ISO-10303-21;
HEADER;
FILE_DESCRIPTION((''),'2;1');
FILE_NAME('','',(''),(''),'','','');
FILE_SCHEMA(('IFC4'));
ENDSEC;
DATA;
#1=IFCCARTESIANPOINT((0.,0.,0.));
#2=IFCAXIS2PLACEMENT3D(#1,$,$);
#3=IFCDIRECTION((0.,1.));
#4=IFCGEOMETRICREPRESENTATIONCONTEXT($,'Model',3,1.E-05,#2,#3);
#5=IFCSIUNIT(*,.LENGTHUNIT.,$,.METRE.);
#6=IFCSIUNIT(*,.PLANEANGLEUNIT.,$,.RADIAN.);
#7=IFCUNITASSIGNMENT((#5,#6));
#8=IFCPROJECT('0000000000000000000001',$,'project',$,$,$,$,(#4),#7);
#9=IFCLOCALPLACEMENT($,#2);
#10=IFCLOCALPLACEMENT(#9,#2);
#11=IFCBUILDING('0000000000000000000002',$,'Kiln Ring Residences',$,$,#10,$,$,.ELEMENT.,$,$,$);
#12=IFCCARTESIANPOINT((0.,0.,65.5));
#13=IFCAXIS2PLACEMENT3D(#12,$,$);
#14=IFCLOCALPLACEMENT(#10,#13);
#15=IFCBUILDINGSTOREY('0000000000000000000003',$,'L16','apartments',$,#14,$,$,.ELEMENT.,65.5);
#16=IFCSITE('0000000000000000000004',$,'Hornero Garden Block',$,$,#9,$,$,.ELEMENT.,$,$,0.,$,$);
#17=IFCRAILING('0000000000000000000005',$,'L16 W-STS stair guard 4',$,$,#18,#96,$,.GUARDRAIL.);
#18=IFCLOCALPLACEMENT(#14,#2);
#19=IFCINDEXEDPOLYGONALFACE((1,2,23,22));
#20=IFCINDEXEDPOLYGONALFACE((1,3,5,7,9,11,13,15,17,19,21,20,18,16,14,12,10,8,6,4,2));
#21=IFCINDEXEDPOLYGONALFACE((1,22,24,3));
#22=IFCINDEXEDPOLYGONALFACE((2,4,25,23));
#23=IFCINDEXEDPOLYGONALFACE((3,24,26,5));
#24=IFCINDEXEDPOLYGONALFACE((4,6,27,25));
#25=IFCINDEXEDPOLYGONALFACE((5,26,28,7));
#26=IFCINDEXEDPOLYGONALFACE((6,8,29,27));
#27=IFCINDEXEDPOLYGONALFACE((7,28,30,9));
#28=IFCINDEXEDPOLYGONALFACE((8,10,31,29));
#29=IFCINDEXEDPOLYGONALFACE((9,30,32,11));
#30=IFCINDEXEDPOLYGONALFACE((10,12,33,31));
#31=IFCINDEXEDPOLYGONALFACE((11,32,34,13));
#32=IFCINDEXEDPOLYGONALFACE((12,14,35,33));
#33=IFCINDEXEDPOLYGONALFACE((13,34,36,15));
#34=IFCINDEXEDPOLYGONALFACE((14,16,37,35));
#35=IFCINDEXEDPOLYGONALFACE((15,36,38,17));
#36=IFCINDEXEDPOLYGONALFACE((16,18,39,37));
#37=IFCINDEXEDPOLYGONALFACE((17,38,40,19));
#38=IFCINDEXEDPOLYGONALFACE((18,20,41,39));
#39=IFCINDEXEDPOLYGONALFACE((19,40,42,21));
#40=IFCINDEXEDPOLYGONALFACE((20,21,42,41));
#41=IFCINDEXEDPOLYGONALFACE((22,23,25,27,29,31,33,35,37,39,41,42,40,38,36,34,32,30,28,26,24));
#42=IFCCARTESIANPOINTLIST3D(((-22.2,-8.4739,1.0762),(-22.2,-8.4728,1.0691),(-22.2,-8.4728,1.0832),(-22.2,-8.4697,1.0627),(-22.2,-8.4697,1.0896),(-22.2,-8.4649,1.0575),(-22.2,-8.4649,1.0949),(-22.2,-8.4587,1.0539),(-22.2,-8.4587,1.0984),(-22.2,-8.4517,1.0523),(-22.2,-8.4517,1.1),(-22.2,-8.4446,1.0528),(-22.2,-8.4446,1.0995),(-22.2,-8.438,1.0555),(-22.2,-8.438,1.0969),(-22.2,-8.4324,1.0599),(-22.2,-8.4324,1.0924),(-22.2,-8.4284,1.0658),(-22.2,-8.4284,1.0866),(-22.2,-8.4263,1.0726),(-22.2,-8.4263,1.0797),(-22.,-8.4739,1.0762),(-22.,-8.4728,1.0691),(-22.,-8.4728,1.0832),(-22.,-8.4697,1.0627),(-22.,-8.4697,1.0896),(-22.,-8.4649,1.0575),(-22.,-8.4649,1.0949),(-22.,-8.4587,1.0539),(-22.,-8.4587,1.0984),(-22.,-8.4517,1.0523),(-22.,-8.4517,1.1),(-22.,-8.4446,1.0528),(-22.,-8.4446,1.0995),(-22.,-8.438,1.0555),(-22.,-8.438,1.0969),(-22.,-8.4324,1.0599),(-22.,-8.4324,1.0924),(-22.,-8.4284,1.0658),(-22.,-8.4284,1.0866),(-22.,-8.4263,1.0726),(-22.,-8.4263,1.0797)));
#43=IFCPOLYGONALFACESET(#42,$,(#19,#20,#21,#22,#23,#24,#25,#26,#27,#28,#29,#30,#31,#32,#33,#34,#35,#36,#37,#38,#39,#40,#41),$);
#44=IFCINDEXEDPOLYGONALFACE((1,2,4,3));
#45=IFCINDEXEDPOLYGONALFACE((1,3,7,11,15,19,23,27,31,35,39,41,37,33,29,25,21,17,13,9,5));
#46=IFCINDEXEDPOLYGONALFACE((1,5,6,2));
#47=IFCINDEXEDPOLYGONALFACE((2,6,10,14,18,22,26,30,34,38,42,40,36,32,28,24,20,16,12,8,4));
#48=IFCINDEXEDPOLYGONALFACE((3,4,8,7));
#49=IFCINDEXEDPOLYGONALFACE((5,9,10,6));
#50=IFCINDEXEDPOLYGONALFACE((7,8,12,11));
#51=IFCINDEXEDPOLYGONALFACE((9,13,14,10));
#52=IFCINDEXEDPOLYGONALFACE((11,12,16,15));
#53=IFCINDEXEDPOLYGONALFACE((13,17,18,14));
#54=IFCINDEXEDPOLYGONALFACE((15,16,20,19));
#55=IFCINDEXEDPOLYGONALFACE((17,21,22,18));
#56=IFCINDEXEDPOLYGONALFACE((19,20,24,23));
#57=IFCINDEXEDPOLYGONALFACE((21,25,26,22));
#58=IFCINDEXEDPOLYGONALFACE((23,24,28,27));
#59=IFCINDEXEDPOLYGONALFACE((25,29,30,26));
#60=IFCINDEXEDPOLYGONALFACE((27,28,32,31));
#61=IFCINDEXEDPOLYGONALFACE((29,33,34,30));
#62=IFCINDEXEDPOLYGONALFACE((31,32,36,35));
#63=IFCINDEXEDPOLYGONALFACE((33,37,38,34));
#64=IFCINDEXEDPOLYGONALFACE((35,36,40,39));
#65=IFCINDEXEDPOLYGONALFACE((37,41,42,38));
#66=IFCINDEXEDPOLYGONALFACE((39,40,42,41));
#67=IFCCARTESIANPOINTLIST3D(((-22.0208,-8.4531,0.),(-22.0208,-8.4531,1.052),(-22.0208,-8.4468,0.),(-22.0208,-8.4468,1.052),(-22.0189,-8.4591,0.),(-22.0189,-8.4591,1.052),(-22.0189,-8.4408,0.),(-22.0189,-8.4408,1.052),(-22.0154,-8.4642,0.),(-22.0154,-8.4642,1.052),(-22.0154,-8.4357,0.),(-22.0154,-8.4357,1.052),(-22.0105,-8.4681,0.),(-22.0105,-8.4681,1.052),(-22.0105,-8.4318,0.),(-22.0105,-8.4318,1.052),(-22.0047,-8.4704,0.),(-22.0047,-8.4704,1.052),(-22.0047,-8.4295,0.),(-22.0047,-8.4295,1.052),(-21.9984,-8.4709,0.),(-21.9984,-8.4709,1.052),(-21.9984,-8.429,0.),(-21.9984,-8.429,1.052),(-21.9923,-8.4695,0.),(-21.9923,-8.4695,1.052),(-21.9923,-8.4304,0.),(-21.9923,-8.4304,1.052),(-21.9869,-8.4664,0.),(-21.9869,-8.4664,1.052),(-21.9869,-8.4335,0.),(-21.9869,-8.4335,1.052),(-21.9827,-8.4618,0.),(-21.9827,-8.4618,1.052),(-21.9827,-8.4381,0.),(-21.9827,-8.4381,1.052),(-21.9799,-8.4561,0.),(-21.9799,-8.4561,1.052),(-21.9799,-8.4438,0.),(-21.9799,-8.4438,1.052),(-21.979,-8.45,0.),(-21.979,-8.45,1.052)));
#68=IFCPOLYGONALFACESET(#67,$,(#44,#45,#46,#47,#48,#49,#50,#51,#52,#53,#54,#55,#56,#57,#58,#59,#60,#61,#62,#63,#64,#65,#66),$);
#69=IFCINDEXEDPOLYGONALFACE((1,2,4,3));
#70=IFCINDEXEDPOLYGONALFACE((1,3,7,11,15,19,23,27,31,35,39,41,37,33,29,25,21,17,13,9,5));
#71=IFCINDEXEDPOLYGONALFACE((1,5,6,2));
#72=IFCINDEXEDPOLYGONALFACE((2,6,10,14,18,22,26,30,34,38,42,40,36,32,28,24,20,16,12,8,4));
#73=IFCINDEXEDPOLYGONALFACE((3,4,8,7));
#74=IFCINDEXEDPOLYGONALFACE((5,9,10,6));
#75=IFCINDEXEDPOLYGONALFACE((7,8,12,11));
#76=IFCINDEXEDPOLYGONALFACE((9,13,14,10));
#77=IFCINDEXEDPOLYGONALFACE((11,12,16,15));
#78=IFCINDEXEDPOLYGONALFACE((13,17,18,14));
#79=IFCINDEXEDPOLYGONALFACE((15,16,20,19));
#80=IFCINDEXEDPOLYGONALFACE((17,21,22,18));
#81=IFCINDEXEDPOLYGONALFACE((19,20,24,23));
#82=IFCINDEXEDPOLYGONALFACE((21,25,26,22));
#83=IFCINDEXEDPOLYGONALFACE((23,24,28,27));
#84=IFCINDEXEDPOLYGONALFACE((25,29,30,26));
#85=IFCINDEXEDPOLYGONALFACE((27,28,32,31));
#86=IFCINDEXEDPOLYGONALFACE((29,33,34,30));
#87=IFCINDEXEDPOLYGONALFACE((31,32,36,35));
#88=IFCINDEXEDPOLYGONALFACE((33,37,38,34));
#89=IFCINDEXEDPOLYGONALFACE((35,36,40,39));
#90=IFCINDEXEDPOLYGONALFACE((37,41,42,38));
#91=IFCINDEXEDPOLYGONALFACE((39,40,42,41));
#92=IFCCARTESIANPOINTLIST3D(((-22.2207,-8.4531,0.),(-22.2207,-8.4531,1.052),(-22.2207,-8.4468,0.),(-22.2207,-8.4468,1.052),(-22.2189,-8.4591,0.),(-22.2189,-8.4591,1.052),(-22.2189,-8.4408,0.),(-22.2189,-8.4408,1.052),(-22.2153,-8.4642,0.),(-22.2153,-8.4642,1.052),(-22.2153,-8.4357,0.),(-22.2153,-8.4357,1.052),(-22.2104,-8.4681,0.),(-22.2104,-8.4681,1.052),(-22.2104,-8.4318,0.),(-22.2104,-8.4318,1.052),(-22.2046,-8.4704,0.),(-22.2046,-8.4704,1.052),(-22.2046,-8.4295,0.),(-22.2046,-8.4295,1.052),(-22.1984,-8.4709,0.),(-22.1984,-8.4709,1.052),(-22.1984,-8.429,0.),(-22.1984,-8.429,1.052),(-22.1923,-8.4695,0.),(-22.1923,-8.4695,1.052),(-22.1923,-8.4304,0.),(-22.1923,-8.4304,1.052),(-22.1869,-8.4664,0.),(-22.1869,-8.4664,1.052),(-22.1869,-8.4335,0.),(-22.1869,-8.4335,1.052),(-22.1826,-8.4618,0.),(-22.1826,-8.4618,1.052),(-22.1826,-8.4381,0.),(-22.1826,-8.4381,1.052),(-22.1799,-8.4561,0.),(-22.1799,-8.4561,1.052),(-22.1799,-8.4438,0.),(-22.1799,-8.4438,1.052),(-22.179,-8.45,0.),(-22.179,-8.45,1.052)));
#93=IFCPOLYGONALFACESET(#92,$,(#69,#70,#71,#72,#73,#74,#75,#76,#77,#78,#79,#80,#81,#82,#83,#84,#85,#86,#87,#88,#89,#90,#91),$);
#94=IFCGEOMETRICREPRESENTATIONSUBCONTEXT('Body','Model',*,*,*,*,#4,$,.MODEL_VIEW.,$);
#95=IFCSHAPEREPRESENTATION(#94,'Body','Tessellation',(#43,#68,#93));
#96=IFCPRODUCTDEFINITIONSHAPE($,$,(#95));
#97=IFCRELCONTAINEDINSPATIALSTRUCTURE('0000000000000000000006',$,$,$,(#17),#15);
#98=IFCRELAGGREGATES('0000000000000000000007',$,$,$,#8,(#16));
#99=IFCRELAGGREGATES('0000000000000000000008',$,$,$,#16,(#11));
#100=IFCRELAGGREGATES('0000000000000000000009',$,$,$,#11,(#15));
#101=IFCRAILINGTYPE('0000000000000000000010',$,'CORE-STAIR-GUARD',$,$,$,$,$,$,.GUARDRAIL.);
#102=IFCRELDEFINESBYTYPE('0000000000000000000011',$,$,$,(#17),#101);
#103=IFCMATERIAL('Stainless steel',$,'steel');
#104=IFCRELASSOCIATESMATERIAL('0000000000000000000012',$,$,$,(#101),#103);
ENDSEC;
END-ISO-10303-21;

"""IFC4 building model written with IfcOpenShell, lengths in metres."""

from ifc_helpers import new_model, si_unit, direction, frame, origin, origin_2d, place, context, subcontext, project, spatial, circle, extrude, material, type_object, element, save


model = new_model("IFC4")

# Units and contexts
model_context = context("Model", 3, precision=1e-05, world=origin(), true_north=direction((0.0, 1.0)))
body_context = subcontext(model_context, "Body", "Model", "MODEL_VIEW")
ifc_project = project(units=[si_unit("LENGTHUNIT", "METRE"), si_unit("PLANEANGLEUNIT", "RADIAN")], contexts=[model_context])

# Site, building, storey
site_placement = place(None, origin())
site = spatial("IfcSite", under=ifc_project, at=site_placement, Name="Hornero Garden Block", CompositionType="ELEMENT", RefElevation=0.0)
building_placement = place(site_placement, origin())
building = spatial("IfcBuilding", under=site, at=building_placement, Name="Kiln Ring Residences", CompositionType="ELEMENT")
storey_placement = place(building_placement, frame((0.0, 0.0, 65.5)))
storey = spatial("IfcBuildingStorey", under=building, at=storey_placement, Name="L16", Description="apartments", CompositionType="ELEMENT", Elevation=65.5)

# Railing
ifc_material_1 = material(Name="Stainless steel", Category="steel")
railing_type_1 = type_object("IfcRailingType", Name="CORE-STAIR-GUARD", PredefinedType="GUARDRAIL", material=ifc_material_1)
railing_1_placement = place(storey_placement, frame((-22.0, -8.45, 0.0)))
element("IfcRailing", 1, at=railing_1_placement, inside=storey, type_object=railing_type_1, Name="L16 W-STS stair guard 4", PredefinedType="GUARDRAIL", context=body_context, shape_type="SweptSolid", body=[
    extrude(circle(Radius=0.0239, at=origin_2d()), frame((0.0, 0.0, 1.0762), z_axis=(-1.0, 0.0, 0.0), x_axis=(0.0, -1.0, 0.0)), (0.0, 0.0, 1.0), 0.2),
    extrude(circle(Radius=0.021, at=origin_2d()), origin(), (0.0, 0.0, 1.0), 1.052),
    extrude(circle(Radius=0.021, at=origin_2d()), frame((-0.2, 0.0, 0.0)), (0.0, 0.0, 1.0), 1.052),
])

save(model, "model.ifc")
